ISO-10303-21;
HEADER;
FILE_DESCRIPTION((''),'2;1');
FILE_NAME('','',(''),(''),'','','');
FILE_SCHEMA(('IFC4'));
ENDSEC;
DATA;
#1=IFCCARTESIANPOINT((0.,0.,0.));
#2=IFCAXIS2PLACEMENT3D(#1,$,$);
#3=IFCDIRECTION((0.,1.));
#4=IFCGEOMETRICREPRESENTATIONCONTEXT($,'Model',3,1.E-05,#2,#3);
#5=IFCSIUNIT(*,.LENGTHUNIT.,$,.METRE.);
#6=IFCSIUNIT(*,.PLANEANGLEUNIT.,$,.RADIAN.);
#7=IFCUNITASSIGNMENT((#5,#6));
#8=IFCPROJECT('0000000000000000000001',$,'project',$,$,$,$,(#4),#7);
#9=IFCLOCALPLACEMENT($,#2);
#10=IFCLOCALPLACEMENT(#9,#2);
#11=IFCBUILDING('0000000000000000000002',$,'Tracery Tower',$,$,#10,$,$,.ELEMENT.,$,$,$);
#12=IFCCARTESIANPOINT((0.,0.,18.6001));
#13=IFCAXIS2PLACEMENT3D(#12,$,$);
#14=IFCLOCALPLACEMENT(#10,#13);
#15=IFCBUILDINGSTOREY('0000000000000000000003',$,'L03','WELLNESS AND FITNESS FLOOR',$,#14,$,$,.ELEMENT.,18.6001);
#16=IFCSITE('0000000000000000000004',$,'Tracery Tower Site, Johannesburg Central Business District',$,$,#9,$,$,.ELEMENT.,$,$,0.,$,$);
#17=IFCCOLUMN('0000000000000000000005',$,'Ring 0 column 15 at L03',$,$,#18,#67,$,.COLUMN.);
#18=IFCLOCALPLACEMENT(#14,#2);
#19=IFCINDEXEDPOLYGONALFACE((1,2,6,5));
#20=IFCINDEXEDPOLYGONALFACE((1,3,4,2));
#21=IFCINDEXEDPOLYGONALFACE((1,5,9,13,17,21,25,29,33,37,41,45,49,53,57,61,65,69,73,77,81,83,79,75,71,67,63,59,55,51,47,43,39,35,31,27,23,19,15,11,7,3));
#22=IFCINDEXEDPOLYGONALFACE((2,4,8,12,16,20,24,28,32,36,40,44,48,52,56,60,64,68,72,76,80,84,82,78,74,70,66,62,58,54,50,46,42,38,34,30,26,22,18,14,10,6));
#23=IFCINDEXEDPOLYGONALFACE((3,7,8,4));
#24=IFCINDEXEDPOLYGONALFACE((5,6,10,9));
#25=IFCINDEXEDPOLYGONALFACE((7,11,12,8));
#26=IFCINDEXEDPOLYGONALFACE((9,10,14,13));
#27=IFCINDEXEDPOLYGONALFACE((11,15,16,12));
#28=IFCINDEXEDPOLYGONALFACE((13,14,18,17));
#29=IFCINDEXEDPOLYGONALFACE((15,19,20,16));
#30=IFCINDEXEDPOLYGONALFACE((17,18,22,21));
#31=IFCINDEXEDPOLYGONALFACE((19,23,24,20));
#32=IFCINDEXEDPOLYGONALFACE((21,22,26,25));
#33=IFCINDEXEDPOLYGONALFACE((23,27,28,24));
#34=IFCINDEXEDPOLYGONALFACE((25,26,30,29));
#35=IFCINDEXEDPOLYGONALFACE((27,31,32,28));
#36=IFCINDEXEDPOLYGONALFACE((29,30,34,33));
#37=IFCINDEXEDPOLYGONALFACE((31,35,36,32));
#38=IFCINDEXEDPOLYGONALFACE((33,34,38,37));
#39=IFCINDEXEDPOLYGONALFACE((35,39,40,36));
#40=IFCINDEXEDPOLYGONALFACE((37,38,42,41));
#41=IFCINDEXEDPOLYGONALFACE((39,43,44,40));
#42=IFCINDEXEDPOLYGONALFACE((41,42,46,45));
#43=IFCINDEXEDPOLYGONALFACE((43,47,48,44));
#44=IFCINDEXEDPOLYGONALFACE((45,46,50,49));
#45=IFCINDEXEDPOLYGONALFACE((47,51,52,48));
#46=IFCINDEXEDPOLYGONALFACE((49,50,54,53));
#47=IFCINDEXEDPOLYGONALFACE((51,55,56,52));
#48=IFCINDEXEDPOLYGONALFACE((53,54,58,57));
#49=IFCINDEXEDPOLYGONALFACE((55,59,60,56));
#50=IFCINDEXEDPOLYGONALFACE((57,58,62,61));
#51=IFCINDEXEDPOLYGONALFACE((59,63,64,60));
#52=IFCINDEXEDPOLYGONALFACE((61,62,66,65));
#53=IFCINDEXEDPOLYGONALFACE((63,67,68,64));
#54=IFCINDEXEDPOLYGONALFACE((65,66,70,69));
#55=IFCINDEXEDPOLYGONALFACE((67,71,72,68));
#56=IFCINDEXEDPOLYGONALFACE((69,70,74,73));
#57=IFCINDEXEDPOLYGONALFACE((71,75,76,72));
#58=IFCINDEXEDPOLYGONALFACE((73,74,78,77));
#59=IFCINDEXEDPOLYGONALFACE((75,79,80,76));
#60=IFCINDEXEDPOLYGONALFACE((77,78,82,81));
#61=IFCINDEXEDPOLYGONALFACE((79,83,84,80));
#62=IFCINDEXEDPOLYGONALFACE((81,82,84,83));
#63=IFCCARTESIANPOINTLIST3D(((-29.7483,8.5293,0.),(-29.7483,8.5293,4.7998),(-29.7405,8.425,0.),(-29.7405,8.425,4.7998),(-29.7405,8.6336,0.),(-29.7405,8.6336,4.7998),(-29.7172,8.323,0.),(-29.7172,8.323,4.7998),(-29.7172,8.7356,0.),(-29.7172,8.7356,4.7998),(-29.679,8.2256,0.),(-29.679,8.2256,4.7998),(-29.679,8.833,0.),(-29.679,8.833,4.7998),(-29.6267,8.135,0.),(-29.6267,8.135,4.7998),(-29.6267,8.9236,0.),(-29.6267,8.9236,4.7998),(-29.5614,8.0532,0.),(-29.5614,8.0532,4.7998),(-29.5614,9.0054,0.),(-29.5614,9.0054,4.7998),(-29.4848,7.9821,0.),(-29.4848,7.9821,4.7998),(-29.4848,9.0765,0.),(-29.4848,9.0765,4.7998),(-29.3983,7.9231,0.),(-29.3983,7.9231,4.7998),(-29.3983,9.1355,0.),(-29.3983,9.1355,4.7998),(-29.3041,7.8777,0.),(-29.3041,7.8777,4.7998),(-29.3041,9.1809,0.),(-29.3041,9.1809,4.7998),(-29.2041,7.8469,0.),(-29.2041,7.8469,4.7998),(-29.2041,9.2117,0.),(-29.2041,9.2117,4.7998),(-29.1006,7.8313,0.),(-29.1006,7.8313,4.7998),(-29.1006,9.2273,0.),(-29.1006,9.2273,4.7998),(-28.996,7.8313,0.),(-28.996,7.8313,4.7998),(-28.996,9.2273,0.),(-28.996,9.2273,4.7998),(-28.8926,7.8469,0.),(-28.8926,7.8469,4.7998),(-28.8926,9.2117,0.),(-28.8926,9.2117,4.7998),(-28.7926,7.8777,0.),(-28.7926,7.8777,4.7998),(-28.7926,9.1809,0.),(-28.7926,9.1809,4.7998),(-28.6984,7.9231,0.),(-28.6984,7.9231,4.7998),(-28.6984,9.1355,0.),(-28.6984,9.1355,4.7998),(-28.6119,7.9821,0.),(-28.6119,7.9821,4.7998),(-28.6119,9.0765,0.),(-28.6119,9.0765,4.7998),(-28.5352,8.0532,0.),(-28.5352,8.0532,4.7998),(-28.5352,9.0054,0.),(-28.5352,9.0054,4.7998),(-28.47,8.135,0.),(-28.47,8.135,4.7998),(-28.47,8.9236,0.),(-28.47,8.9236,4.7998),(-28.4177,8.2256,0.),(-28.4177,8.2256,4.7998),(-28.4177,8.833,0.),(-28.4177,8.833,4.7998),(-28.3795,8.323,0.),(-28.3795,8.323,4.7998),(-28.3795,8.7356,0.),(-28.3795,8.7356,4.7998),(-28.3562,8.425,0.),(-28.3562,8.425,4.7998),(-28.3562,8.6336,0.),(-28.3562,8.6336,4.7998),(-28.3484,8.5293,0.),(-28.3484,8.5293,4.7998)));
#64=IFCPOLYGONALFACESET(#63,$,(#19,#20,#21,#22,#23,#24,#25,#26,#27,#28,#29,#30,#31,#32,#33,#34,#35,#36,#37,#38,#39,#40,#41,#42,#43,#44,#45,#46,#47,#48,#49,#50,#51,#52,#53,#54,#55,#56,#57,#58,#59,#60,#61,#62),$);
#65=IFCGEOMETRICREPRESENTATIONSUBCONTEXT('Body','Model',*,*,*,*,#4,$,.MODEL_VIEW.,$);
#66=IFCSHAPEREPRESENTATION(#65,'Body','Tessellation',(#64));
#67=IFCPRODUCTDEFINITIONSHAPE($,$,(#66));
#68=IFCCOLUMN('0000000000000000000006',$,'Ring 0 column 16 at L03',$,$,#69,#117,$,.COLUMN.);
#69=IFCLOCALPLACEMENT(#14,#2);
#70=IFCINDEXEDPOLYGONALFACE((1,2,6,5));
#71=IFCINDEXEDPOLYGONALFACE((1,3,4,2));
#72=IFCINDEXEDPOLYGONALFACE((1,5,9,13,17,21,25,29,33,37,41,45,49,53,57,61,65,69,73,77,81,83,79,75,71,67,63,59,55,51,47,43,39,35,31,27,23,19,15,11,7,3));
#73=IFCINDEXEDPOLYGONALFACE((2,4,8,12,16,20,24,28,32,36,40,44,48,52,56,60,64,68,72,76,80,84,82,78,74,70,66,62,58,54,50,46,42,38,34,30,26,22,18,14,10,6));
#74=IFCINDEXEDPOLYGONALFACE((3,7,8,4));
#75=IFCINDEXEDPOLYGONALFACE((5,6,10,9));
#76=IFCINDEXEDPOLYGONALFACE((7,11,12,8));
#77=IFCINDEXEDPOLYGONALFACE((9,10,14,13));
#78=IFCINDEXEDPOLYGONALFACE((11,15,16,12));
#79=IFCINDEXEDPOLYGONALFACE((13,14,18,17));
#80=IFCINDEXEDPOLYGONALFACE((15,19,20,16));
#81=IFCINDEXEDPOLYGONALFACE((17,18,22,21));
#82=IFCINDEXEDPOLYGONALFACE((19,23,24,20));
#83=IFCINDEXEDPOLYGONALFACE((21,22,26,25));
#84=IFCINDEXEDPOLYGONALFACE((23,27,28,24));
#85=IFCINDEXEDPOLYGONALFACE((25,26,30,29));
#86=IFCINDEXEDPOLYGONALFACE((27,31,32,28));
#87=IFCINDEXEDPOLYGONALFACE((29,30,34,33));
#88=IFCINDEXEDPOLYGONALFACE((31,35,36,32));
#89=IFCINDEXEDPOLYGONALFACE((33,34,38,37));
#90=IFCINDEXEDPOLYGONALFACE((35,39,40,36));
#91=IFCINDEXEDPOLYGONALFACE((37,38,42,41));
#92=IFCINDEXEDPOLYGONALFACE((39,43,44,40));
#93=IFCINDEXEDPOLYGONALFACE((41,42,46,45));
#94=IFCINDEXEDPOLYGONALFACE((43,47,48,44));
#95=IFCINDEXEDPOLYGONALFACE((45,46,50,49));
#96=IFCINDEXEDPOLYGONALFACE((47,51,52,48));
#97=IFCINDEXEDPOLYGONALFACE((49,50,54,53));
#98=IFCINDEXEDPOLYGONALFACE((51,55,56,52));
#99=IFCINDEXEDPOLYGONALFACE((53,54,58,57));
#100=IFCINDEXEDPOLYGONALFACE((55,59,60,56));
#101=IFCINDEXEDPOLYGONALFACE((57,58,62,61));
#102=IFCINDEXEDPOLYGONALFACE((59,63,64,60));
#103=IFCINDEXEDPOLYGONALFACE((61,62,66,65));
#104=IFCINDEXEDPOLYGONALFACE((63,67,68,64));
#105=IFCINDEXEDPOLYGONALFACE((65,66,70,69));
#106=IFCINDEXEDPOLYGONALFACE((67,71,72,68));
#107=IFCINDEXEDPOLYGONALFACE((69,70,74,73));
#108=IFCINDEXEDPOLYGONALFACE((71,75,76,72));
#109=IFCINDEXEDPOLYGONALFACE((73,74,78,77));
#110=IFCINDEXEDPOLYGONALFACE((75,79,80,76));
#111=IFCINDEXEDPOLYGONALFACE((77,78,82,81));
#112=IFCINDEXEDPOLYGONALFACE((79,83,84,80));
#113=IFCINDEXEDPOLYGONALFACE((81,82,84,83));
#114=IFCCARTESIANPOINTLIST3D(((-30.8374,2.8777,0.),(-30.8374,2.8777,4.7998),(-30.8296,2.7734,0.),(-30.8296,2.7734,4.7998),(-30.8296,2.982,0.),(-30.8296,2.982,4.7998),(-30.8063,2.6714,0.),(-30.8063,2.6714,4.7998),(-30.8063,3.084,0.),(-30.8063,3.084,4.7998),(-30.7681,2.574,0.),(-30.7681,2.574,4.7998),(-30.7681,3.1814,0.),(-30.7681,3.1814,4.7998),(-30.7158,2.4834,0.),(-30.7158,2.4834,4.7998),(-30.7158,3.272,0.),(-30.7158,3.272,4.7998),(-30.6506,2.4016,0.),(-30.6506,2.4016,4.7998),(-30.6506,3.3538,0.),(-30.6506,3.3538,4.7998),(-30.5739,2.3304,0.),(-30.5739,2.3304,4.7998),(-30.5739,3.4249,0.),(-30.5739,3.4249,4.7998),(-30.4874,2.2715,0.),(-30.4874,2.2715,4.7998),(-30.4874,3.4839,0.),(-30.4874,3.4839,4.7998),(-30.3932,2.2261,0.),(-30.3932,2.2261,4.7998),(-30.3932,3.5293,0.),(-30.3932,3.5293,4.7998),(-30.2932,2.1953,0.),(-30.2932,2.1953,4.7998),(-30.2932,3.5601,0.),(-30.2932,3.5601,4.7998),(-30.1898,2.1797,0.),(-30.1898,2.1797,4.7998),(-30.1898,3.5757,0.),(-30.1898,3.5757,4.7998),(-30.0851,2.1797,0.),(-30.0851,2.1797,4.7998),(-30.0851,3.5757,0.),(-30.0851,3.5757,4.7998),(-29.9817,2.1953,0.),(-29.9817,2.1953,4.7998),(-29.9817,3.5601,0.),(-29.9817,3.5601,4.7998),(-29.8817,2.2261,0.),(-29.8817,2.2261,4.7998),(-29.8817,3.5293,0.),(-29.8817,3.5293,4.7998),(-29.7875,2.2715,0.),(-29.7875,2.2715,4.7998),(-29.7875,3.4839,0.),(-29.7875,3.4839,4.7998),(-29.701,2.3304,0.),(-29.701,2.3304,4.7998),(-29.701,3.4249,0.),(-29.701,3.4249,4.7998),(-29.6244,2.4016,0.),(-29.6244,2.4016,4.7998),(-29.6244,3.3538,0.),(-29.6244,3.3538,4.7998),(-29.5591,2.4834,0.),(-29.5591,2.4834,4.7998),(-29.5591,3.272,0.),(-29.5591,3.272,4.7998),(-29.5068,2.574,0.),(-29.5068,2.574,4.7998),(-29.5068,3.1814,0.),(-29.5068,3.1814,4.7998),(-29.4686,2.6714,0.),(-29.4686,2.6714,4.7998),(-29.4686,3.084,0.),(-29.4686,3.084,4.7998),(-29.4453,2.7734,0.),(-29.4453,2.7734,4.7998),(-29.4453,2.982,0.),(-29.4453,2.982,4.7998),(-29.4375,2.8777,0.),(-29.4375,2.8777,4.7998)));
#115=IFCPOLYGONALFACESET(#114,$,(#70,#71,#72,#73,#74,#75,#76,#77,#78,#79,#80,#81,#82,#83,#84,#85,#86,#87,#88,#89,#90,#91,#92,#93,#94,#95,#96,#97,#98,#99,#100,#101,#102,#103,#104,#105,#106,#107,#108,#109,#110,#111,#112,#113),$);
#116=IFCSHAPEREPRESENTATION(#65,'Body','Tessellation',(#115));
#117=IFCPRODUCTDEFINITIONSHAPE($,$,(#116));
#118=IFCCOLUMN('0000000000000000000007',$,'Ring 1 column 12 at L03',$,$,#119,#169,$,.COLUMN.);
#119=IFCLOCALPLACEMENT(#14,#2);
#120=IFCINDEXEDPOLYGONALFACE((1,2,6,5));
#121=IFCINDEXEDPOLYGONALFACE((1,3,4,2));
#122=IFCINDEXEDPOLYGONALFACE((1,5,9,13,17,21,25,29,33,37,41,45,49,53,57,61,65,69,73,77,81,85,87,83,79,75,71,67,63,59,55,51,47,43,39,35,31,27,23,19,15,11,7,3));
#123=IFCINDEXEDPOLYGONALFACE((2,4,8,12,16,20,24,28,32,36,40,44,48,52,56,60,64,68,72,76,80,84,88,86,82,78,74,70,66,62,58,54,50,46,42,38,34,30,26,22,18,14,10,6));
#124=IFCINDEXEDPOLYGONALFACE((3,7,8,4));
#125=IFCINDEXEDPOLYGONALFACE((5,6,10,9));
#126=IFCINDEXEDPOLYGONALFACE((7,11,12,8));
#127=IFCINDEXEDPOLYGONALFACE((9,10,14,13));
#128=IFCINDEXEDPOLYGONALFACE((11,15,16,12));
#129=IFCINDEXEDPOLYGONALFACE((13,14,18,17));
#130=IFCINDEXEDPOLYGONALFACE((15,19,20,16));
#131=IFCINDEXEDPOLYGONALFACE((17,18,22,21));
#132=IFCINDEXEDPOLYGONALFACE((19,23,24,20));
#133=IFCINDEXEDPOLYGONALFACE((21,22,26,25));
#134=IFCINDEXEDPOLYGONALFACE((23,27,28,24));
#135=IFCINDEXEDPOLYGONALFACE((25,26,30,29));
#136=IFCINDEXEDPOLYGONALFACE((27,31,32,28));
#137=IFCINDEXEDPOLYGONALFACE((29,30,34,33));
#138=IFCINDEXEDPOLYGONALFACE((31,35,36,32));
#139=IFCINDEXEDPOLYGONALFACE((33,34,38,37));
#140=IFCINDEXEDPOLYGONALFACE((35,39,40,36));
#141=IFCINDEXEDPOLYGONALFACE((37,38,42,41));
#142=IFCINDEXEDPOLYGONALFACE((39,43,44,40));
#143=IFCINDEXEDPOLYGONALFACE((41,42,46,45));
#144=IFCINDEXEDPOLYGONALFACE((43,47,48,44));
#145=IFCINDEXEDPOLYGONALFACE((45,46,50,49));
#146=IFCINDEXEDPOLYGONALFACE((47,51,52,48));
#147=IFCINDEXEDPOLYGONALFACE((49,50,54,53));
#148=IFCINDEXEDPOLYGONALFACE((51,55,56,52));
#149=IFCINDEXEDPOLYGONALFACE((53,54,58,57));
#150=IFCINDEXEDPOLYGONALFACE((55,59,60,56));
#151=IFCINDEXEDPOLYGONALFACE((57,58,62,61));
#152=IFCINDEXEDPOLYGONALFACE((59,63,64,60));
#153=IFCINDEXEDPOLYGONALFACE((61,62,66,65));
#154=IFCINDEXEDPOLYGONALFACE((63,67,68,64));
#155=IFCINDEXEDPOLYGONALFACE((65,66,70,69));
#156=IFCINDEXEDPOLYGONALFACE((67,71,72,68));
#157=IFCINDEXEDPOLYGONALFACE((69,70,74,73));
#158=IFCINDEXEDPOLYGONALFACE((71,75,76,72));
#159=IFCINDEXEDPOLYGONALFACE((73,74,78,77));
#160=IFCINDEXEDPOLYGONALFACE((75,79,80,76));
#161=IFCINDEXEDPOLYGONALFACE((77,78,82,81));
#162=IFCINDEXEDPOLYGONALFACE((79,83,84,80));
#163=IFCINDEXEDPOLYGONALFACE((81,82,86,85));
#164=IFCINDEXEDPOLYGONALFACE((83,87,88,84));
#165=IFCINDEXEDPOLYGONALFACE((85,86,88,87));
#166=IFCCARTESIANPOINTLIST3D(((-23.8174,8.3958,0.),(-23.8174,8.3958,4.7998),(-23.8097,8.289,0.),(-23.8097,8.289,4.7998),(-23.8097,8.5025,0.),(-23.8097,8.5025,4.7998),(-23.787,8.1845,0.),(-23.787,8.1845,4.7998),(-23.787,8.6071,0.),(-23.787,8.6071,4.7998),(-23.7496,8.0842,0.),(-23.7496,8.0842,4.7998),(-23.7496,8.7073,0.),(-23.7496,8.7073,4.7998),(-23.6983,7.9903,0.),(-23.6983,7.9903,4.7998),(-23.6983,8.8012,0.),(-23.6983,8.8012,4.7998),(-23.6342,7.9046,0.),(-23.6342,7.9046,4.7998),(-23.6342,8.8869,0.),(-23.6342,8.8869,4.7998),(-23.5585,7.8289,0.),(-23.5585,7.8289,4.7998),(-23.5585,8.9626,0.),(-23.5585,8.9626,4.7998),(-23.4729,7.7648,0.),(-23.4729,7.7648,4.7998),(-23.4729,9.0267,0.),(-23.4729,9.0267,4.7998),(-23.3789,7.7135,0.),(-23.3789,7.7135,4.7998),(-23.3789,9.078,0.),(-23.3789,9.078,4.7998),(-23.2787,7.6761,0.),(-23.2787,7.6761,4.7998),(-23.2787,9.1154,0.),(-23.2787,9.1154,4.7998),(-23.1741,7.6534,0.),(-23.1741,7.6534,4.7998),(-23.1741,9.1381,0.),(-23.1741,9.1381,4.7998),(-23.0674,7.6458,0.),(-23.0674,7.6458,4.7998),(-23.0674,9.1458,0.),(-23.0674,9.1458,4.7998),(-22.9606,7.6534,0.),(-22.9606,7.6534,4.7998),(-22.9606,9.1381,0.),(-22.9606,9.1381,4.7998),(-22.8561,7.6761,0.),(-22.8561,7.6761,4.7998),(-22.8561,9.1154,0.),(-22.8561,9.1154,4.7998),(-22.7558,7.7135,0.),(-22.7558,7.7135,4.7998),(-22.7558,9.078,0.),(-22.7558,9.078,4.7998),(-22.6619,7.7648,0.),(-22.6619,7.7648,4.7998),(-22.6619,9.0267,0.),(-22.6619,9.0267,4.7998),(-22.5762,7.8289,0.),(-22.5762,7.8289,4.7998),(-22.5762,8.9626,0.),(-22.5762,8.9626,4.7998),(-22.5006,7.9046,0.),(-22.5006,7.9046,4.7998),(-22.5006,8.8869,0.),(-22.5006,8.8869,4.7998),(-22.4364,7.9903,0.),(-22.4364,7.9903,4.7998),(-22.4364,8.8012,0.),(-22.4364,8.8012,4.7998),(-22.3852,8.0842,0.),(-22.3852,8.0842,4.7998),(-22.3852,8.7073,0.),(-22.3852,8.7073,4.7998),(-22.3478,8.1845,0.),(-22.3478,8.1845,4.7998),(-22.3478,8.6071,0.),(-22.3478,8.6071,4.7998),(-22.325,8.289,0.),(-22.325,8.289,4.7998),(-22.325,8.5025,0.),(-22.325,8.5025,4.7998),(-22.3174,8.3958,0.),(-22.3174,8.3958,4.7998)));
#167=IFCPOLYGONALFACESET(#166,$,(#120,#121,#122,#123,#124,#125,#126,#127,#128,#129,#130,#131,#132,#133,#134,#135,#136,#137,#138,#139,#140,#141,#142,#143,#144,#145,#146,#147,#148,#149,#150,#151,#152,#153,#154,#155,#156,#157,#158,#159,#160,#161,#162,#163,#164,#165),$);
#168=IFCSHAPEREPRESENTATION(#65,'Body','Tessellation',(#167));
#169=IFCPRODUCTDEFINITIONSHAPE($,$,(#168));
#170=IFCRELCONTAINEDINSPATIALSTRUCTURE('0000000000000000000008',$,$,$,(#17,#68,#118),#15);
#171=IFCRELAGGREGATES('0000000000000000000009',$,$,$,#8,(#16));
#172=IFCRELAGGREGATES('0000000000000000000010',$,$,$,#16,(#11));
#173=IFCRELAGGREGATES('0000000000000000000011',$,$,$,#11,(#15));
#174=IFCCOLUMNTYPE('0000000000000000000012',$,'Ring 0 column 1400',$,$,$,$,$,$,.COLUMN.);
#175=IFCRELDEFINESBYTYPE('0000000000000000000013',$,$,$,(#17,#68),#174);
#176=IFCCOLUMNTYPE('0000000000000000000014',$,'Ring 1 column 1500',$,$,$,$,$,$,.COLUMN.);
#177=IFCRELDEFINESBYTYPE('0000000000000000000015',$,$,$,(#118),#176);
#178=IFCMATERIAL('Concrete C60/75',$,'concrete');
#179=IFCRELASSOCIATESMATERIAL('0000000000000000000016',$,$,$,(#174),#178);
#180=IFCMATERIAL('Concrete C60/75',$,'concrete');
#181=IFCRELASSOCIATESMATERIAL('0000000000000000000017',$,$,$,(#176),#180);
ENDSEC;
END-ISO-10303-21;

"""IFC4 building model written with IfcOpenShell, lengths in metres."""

from ifc_helpers import new_model, si_unit, direction, frame, origin, origin_2d, place, context, subcontext, project, spatial, circle, extrude, material, material_profile, profile_set, type_object, element, save


model = new_model("IFC4")

# Units and contexts
model_context = context("Model", 3, precision=1e-05, world=origin(), true_north=direction((0.0, 1.0)))
body_context = subcontext(model_context, "Body", "Model", "MODEL_VIEW")
ifc_project = project(units=[si_unit("LENGTHUNIT", "METRE"), si_unit("PLANEANGLEUNIT", "RADIAN")], contexts=[model_context])

# Site, building, storey
site_placement = place(None, origin())
site = spatial("IfcSite", under=ifc_project, at=site_placement, Name="Tracery Tower Site, Johannesburg Central Business District", CompositionType="ELEMENT", RefElevation=0.0)
building_placement = place(site_placement, origin())
building = spatial("IfcBuilding", under=site, at=building_placement, Name="Tracery Tower", CompositionType="ELEMENT")
storey_placement = place(building_placement, frame((0.0, 0.0, 18.6001)))
storey = spatial("IfcBuildingStorey", under=building, at=storey_placement, Name="L03", Description="WELLNESS AND FITNESS FLOOR", CompositionType="ELEMENT", Elevation=18.6001)

# Columns
ifc_material_1 = material(Name="Concrete C60/75", Category="concrete")
ifc_material_profile_1 = material_profile(ifc_material_1, circle(Radius=0.7, at=origin_2d()), Name="RC D1400")
ifc_profile_set_1 = profile_set([ifc_material_profile_1], Name="Concrete C60/75")
column_type_1 = type_object("IfcColumnType", Name="Ring 0 column 1400", PredefinedType="COLUMN", material=ifc_profile_set_1)
for number, where, z_axis, x_axis, name in (
    (1, (-29.0483, 8.5293, 0.0), (0.0, 0.0, 1.0), (1.0, 0.0, 0.0), "Ring 0 column 15 at L03"),
    (2, (-30.1375, 2.8777, 0.0), (0.0, 0.0, 1.0), (1.0, 0.0, 0.0), "Ring 0 column 16 at L03"),
):
    element("IfcColumn", number, at=place(storey_placement, frame(where, z_axis=z_axis, x_axis=x_axis)), inside=storey, type_object=column_type_1, Name=name, PredefinedType="COLUMN", context=body_context, shape_type="SweptSolid", body=[
        extrude(circle(Radius=0.7, at=origin_2d()), origin(), (0.0, 0.0, 1.0), 4.7998),
    ])
ifc_material_2 = material(Name="Concrete C60/75", Category="concrete")
ifc_material_profile_2 = material_profile(ifc_material_2, circle(Radius=0.75, at=origin_2d()), Name="RC D1500")
ifc_profile_set_2 = profile_set([ifc_material_profile_2], Name="Concrete C60/75")
column_type_2 = type_object("IfcColumnType", Name="Ring 1 column 1500", PredefinedType="COLUMN", material=ifc_profile_set_2)
for number, where, z_axis, x_axis, name in (
    (3, (-23.0674, 8.3958, 0.0), (0.0, 0.0, 1.0), (1.0, 0.0, 0.0), "Ring 1 column 12 at L03"),
):
    element("IfcColumn", number, at=place(storey_placement, frame(where, z_axis=z_axis, x_axis=x_axis)), inside=storey, type_object=column_type_2, Name=name, PredefinedType="COLUMN", context=body_context, shape_type="SweptSolid", body=[
        extrude(circle(Radius=0.75, at=origin_2d()), origin(), (0.0, 0.0, 1.0), 4.7998),
    ])

save(model, "model.ifc")
